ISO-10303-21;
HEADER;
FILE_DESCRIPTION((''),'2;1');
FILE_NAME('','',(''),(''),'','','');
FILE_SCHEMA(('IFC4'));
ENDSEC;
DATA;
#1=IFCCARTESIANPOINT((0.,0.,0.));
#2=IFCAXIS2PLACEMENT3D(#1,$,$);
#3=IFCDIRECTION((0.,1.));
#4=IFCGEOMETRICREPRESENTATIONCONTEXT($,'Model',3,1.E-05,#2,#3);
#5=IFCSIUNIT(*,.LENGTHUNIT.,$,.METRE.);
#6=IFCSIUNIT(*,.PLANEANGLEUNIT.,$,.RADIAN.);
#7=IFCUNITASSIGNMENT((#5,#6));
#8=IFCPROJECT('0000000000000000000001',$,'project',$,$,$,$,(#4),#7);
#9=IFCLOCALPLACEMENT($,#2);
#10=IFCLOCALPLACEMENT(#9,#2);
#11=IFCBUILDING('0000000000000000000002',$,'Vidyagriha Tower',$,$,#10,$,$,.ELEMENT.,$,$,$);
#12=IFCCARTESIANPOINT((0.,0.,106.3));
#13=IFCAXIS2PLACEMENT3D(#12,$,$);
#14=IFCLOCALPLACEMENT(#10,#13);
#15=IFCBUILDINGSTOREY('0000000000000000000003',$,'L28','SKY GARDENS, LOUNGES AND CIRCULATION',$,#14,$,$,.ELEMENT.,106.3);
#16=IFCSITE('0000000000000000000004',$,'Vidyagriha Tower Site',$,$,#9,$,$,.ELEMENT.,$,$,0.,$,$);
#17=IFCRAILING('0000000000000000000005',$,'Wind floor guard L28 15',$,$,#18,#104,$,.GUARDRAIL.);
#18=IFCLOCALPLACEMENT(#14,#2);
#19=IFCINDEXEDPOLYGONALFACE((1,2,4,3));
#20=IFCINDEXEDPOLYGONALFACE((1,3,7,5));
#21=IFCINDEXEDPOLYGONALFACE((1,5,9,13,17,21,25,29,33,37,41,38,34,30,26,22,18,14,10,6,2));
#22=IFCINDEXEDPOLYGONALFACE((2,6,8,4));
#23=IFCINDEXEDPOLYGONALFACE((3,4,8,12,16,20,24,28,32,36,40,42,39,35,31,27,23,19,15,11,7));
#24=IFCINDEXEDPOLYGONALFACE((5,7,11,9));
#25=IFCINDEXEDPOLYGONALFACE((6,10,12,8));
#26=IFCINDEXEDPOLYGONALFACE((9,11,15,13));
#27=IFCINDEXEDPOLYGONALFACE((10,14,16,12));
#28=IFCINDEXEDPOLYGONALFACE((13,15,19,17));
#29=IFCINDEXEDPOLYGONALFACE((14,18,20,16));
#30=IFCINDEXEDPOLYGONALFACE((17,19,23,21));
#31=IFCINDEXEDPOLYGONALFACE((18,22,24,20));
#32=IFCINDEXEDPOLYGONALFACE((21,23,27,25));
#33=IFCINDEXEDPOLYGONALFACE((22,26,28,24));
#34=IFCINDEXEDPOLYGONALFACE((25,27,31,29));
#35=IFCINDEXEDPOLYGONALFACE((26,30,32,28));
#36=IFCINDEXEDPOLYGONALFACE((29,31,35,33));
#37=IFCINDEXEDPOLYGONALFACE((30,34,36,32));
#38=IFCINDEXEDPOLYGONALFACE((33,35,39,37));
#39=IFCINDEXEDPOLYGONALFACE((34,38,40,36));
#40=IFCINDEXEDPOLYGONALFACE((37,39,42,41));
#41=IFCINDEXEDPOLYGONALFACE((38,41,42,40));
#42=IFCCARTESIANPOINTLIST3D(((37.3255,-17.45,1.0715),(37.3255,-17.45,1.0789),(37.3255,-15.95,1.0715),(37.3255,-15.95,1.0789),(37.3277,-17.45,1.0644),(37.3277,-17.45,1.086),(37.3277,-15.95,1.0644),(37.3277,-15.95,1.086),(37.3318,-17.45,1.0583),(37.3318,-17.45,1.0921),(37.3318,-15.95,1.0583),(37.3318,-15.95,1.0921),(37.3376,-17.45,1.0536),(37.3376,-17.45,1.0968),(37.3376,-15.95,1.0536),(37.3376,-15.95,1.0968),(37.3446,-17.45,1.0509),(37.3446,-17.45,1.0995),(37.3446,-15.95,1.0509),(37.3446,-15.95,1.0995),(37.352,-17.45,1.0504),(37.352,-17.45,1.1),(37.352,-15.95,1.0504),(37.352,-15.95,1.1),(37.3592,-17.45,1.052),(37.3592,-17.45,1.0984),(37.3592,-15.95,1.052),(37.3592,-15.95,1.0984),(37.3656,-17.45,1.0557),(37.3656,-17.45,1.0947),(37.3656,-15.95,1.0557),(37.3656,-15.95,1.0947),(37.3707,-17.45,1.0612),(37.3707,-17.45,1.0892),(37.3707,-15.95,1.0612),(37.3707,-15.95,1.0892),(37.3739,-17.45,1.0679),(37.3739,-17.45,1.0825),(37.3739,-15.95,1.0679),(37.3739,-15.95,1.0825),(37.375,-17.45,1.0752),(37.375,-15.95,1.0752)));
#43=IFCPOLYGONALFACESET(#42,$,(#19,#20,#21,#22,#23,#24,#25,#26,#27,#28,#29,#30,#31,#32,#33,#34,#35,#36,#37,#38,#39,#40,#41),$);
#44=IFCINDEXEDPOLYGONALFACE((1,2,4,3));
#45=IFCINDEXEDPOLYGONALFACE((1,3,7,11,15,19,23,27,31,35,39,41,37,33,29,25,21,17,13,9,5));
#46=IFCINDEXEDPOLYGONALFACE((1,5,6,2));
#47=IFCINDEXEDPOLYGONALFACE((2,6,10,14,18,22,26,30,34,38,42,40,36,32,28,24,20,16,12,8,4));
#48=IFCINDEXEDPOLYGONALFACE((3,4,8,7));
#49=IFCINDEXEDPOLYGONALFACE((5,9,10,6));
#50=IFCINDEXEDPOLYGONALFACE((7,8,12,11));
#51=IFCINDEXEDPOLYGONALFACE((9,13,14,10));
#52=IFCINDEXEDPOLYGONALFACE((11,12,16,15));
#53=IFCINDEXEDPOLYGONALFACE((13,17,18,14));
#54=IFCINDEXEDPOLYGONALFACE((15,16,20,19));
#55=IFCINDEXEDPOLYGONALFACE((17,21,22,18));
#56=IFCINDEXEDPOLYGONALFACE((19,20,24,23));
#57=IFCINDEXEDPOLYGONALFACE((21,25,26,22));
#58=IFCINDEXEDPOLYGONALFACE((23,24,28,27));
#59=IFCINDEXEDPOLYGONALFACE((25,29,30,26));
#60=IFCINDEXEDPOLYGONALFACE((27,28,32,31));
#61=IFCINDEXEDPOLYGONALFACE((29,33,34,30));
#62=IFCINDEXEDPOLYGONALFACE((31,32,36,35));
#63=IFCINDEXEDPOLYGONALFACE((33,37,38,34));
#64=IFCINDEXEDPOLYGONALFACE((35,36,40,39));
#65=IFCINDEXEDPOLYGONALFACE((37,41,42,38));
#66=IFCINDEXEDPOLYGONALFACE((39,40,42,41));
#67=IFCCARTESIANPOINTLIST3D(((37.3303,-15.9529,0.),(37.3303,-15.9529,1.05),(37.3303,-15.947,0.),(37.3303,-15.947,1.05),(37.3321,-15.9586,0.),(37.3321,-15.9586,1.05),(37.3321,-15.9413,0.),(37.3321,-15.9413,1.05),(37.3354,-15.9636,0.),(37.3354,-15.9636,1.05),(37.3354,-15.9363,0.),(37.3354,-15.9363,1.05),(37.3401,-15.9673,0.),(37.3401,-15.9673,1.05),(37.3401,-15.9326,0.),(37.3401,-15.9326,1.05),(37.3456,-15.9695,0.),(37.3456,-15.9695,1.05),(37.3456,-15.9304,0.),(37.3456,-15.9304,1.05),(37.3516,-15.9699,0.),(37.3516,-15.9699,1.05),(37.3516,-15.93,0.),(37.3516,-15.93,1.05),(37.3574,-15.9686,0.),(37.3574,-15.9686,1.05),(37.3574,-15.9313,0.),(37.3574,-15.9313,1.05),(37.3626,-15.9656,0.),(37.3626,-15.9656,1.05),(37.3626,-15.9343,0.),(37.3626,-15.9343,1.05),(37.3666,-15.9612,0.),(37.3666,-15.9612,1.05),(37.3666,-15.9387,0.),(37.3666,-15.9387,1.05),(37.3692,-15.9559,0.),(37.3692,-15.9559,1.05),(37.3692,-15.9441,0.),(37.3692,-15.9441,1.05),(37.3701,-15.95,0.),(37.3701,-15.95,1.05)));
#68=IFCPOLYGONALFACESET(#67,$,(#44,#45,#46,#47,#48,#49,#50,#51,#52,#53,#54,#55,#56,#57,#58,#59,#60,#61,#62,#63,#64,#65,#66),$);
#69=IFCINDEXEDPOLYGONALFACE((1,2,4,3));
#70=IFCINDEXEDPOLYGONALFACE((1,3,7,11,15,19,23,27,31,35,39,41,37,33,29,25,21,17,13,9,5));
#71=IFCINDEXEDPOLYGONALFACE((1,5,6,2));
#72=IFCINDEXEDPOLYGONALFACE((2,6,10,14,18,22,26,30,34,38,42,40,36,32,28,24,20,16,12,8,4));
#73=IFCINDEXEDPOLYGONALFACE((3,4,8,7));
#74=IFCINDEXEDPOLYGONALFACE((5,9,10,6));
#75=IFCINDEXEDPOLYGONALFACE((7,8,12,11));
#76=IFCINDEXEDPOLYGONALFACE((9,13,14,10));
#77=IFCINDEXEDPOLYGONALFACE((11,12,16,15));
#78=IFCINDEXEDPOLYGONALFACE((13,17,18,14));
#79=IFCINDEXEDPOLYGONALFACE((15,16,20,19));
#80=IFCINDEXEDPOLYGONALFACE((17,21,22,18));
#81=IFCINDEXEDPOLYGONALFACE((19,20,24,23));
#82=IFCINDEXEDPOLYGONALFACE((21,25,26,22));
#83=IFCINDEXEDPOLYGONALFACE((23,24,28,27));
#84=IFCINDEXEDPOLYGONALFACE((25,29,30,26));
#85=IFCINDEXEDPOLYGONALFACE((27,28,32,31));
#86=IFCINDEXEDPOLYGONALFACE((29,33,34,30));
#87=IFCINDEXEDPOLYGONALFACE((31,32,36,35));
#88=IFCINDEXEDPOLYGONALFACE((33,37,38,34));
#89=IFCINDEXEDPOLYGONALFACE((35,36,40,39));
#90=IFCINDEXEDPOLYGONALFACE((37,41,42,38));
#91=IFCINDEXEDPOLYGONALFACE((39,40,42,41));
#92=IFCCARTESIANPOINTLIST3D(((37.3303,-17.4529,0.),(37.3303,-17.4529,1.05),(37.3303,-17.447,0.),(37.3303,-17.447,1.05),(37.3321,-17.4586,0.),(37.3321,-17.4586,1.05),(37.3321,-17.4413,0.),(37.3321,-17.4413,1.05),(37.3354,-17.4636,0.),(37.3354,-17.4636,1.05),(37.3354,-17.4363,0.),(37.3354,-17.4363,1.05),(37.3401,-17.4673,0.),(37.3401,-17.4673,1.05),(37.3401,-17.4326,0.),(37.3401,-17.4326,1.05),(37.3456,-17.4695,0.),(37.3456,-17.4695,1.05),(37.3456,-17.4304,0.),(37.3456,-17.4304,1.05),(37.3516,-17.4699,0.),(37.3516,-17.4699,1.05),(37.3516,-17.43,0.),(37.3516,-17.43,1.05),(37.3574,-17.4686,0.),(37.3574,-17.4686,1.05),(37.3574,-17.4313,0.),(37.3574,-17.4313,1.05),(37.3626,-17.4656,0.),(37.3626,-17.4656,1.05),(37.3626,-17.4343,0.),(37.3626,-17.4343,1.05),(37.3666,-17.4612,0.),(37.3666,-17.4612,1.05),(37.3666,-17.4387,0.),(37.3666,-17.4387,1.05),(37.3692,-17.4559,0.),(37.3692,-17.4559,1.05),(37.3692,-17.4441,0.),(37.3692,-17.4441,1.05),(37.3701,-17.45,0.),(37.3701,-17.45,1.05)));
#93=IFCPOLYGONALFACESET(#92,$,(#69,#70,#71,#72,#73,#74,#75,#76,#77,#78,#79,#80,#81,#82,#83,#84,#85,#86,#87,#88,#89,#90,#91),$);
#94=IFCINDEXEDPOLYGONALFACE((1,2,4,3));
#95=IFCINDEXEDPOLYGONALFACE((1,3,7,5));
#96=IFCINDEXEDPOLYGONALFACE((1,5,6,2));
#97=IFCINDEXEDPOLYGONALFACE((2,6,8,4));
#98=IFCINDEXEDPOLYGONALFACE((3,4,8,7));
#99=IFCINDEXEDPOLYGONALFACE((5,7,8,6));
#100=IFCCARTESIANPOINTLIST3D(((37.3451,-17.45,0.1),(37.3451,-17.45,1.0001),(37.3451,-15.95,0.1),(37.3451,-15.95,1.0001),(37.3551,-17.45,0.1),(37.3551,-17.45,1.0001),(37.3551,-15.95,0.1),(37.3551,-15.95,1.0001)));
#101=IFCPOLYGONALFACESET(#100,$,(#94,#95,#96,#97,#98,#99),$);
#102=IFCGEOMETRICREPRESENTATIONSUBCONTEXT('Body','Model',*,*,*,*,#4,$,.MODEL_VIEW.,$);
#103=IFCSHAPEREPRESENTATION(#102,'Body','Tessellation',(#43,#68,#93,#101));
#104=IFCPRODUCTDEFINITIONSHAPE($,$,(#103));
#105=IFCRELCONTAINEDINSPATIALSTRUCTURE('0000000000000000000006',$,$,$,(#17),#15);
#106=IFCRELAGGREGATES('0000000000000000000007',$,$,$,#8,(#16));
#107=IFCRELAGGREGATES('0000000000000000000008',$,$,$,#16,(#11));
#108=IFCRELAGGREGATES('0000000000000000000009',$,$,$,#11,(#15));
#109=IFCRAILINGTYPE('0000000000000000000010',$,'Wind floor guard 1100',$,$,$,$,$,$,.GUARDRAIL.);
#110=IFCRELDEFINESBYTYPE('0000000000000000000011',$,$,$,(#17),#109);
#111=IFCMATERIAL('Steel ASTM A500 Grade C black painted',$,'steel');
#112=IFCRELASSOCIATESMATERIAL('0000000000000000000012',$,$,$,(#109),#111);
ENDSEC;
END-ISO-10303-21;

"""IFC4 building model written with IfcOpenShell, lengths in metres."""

from ifc_helpers import new_model, si_unit, direction, frame, origin, origin_2d, place, context, subcontext, project, spatial, rectangle, circle, extrude, material, type_object, element, save


model = new_model("IFC4")

# Units and contexts
model_context = context("Model", 3, precision=1e-05, world=origin(), true_north=direction((0.0, 1.0)))
body_context = subcontext(model_context, "Body", "Model", "MODEL_VIEW")
ifc_project = project(units=[si_unit("LENGTHUNIT", "METRE"), si_unit("PLANEANGLEUNIT", "RADIAN")], contexts=[model_context])

# Site, building, storey
site_placement = place(None, origin())
site = spatial("IfcSite", under=ifc_project, at=site_placement, Name="Vidyagriha Tower Site", CompositionType="ELEMENT", RefElevation=0.0)
building_placement = place(site_placement, origin())
building = spatial("IfcBuilding", under=site, at=building_placement, Name="Vidyagriha Tower", CompositionType="ELEMENT")
storey_placement = place(building_placement, frame((0.0, 0.0, 106.3)))
storey = spatial("IfcBuildingStorey", under=building, at=storey_placement, Name="L28", Description="SKY GARDENS, LOUNGES AND CIRCULATION", CompositionType="ELEMENT", Elevation=106.3)

# Railing
ifc_material_1 = material(Name="Steel ASTM A500 Grade C black painted", Category="steel")
railing_type = type_object("IfcRailingType", Name="Wind floor guard 1100", PredefinedType="GUARDRAIL", material=ifc_material_1)
railing_1_placement = place(storey_placement, frame((37.3501, -15.95, 0.0)))
element("IfcRailing", 1, at=railing_1_placement, inside=storey, type_object=railing_type, Name="Wind floor guard L28 15", PredefinedType="GUARDRAIL", context=body_context, shape_type="SweptSolid", body=[
    extrude(circle(Radius=0.0249, at=origin_2d()), frame((0.0, 0.0, 1.0752), z_axis=(0.0, -1.0, 0.0), x_axis=(1.0, 0.0, 0.0)), (0.0, 0.0, 1.0), 1.5),
    extrude(circle(Radius=0.02, at=origin_2d()), origin(), (0.0, 0.0, 1.0), 1.05),
    extrude(circle(Radius=0.02, at=origin_2d()), frame((0.0, -1.5, 0.0)), (0.0, 0.0, 1.0), 1.05),
    extrude(rectangle(XDim=0.01, YDim=0.9001, at=origin_2d()), frame((0.0, 0.0, 0.55), z_axis=(0.0, -1.0, 0.0), x_axis=(1.0, 0.0, 0.0)), (0.0, 0.0, 1.0), 1.5),
])

save(model, "model.ifc")
